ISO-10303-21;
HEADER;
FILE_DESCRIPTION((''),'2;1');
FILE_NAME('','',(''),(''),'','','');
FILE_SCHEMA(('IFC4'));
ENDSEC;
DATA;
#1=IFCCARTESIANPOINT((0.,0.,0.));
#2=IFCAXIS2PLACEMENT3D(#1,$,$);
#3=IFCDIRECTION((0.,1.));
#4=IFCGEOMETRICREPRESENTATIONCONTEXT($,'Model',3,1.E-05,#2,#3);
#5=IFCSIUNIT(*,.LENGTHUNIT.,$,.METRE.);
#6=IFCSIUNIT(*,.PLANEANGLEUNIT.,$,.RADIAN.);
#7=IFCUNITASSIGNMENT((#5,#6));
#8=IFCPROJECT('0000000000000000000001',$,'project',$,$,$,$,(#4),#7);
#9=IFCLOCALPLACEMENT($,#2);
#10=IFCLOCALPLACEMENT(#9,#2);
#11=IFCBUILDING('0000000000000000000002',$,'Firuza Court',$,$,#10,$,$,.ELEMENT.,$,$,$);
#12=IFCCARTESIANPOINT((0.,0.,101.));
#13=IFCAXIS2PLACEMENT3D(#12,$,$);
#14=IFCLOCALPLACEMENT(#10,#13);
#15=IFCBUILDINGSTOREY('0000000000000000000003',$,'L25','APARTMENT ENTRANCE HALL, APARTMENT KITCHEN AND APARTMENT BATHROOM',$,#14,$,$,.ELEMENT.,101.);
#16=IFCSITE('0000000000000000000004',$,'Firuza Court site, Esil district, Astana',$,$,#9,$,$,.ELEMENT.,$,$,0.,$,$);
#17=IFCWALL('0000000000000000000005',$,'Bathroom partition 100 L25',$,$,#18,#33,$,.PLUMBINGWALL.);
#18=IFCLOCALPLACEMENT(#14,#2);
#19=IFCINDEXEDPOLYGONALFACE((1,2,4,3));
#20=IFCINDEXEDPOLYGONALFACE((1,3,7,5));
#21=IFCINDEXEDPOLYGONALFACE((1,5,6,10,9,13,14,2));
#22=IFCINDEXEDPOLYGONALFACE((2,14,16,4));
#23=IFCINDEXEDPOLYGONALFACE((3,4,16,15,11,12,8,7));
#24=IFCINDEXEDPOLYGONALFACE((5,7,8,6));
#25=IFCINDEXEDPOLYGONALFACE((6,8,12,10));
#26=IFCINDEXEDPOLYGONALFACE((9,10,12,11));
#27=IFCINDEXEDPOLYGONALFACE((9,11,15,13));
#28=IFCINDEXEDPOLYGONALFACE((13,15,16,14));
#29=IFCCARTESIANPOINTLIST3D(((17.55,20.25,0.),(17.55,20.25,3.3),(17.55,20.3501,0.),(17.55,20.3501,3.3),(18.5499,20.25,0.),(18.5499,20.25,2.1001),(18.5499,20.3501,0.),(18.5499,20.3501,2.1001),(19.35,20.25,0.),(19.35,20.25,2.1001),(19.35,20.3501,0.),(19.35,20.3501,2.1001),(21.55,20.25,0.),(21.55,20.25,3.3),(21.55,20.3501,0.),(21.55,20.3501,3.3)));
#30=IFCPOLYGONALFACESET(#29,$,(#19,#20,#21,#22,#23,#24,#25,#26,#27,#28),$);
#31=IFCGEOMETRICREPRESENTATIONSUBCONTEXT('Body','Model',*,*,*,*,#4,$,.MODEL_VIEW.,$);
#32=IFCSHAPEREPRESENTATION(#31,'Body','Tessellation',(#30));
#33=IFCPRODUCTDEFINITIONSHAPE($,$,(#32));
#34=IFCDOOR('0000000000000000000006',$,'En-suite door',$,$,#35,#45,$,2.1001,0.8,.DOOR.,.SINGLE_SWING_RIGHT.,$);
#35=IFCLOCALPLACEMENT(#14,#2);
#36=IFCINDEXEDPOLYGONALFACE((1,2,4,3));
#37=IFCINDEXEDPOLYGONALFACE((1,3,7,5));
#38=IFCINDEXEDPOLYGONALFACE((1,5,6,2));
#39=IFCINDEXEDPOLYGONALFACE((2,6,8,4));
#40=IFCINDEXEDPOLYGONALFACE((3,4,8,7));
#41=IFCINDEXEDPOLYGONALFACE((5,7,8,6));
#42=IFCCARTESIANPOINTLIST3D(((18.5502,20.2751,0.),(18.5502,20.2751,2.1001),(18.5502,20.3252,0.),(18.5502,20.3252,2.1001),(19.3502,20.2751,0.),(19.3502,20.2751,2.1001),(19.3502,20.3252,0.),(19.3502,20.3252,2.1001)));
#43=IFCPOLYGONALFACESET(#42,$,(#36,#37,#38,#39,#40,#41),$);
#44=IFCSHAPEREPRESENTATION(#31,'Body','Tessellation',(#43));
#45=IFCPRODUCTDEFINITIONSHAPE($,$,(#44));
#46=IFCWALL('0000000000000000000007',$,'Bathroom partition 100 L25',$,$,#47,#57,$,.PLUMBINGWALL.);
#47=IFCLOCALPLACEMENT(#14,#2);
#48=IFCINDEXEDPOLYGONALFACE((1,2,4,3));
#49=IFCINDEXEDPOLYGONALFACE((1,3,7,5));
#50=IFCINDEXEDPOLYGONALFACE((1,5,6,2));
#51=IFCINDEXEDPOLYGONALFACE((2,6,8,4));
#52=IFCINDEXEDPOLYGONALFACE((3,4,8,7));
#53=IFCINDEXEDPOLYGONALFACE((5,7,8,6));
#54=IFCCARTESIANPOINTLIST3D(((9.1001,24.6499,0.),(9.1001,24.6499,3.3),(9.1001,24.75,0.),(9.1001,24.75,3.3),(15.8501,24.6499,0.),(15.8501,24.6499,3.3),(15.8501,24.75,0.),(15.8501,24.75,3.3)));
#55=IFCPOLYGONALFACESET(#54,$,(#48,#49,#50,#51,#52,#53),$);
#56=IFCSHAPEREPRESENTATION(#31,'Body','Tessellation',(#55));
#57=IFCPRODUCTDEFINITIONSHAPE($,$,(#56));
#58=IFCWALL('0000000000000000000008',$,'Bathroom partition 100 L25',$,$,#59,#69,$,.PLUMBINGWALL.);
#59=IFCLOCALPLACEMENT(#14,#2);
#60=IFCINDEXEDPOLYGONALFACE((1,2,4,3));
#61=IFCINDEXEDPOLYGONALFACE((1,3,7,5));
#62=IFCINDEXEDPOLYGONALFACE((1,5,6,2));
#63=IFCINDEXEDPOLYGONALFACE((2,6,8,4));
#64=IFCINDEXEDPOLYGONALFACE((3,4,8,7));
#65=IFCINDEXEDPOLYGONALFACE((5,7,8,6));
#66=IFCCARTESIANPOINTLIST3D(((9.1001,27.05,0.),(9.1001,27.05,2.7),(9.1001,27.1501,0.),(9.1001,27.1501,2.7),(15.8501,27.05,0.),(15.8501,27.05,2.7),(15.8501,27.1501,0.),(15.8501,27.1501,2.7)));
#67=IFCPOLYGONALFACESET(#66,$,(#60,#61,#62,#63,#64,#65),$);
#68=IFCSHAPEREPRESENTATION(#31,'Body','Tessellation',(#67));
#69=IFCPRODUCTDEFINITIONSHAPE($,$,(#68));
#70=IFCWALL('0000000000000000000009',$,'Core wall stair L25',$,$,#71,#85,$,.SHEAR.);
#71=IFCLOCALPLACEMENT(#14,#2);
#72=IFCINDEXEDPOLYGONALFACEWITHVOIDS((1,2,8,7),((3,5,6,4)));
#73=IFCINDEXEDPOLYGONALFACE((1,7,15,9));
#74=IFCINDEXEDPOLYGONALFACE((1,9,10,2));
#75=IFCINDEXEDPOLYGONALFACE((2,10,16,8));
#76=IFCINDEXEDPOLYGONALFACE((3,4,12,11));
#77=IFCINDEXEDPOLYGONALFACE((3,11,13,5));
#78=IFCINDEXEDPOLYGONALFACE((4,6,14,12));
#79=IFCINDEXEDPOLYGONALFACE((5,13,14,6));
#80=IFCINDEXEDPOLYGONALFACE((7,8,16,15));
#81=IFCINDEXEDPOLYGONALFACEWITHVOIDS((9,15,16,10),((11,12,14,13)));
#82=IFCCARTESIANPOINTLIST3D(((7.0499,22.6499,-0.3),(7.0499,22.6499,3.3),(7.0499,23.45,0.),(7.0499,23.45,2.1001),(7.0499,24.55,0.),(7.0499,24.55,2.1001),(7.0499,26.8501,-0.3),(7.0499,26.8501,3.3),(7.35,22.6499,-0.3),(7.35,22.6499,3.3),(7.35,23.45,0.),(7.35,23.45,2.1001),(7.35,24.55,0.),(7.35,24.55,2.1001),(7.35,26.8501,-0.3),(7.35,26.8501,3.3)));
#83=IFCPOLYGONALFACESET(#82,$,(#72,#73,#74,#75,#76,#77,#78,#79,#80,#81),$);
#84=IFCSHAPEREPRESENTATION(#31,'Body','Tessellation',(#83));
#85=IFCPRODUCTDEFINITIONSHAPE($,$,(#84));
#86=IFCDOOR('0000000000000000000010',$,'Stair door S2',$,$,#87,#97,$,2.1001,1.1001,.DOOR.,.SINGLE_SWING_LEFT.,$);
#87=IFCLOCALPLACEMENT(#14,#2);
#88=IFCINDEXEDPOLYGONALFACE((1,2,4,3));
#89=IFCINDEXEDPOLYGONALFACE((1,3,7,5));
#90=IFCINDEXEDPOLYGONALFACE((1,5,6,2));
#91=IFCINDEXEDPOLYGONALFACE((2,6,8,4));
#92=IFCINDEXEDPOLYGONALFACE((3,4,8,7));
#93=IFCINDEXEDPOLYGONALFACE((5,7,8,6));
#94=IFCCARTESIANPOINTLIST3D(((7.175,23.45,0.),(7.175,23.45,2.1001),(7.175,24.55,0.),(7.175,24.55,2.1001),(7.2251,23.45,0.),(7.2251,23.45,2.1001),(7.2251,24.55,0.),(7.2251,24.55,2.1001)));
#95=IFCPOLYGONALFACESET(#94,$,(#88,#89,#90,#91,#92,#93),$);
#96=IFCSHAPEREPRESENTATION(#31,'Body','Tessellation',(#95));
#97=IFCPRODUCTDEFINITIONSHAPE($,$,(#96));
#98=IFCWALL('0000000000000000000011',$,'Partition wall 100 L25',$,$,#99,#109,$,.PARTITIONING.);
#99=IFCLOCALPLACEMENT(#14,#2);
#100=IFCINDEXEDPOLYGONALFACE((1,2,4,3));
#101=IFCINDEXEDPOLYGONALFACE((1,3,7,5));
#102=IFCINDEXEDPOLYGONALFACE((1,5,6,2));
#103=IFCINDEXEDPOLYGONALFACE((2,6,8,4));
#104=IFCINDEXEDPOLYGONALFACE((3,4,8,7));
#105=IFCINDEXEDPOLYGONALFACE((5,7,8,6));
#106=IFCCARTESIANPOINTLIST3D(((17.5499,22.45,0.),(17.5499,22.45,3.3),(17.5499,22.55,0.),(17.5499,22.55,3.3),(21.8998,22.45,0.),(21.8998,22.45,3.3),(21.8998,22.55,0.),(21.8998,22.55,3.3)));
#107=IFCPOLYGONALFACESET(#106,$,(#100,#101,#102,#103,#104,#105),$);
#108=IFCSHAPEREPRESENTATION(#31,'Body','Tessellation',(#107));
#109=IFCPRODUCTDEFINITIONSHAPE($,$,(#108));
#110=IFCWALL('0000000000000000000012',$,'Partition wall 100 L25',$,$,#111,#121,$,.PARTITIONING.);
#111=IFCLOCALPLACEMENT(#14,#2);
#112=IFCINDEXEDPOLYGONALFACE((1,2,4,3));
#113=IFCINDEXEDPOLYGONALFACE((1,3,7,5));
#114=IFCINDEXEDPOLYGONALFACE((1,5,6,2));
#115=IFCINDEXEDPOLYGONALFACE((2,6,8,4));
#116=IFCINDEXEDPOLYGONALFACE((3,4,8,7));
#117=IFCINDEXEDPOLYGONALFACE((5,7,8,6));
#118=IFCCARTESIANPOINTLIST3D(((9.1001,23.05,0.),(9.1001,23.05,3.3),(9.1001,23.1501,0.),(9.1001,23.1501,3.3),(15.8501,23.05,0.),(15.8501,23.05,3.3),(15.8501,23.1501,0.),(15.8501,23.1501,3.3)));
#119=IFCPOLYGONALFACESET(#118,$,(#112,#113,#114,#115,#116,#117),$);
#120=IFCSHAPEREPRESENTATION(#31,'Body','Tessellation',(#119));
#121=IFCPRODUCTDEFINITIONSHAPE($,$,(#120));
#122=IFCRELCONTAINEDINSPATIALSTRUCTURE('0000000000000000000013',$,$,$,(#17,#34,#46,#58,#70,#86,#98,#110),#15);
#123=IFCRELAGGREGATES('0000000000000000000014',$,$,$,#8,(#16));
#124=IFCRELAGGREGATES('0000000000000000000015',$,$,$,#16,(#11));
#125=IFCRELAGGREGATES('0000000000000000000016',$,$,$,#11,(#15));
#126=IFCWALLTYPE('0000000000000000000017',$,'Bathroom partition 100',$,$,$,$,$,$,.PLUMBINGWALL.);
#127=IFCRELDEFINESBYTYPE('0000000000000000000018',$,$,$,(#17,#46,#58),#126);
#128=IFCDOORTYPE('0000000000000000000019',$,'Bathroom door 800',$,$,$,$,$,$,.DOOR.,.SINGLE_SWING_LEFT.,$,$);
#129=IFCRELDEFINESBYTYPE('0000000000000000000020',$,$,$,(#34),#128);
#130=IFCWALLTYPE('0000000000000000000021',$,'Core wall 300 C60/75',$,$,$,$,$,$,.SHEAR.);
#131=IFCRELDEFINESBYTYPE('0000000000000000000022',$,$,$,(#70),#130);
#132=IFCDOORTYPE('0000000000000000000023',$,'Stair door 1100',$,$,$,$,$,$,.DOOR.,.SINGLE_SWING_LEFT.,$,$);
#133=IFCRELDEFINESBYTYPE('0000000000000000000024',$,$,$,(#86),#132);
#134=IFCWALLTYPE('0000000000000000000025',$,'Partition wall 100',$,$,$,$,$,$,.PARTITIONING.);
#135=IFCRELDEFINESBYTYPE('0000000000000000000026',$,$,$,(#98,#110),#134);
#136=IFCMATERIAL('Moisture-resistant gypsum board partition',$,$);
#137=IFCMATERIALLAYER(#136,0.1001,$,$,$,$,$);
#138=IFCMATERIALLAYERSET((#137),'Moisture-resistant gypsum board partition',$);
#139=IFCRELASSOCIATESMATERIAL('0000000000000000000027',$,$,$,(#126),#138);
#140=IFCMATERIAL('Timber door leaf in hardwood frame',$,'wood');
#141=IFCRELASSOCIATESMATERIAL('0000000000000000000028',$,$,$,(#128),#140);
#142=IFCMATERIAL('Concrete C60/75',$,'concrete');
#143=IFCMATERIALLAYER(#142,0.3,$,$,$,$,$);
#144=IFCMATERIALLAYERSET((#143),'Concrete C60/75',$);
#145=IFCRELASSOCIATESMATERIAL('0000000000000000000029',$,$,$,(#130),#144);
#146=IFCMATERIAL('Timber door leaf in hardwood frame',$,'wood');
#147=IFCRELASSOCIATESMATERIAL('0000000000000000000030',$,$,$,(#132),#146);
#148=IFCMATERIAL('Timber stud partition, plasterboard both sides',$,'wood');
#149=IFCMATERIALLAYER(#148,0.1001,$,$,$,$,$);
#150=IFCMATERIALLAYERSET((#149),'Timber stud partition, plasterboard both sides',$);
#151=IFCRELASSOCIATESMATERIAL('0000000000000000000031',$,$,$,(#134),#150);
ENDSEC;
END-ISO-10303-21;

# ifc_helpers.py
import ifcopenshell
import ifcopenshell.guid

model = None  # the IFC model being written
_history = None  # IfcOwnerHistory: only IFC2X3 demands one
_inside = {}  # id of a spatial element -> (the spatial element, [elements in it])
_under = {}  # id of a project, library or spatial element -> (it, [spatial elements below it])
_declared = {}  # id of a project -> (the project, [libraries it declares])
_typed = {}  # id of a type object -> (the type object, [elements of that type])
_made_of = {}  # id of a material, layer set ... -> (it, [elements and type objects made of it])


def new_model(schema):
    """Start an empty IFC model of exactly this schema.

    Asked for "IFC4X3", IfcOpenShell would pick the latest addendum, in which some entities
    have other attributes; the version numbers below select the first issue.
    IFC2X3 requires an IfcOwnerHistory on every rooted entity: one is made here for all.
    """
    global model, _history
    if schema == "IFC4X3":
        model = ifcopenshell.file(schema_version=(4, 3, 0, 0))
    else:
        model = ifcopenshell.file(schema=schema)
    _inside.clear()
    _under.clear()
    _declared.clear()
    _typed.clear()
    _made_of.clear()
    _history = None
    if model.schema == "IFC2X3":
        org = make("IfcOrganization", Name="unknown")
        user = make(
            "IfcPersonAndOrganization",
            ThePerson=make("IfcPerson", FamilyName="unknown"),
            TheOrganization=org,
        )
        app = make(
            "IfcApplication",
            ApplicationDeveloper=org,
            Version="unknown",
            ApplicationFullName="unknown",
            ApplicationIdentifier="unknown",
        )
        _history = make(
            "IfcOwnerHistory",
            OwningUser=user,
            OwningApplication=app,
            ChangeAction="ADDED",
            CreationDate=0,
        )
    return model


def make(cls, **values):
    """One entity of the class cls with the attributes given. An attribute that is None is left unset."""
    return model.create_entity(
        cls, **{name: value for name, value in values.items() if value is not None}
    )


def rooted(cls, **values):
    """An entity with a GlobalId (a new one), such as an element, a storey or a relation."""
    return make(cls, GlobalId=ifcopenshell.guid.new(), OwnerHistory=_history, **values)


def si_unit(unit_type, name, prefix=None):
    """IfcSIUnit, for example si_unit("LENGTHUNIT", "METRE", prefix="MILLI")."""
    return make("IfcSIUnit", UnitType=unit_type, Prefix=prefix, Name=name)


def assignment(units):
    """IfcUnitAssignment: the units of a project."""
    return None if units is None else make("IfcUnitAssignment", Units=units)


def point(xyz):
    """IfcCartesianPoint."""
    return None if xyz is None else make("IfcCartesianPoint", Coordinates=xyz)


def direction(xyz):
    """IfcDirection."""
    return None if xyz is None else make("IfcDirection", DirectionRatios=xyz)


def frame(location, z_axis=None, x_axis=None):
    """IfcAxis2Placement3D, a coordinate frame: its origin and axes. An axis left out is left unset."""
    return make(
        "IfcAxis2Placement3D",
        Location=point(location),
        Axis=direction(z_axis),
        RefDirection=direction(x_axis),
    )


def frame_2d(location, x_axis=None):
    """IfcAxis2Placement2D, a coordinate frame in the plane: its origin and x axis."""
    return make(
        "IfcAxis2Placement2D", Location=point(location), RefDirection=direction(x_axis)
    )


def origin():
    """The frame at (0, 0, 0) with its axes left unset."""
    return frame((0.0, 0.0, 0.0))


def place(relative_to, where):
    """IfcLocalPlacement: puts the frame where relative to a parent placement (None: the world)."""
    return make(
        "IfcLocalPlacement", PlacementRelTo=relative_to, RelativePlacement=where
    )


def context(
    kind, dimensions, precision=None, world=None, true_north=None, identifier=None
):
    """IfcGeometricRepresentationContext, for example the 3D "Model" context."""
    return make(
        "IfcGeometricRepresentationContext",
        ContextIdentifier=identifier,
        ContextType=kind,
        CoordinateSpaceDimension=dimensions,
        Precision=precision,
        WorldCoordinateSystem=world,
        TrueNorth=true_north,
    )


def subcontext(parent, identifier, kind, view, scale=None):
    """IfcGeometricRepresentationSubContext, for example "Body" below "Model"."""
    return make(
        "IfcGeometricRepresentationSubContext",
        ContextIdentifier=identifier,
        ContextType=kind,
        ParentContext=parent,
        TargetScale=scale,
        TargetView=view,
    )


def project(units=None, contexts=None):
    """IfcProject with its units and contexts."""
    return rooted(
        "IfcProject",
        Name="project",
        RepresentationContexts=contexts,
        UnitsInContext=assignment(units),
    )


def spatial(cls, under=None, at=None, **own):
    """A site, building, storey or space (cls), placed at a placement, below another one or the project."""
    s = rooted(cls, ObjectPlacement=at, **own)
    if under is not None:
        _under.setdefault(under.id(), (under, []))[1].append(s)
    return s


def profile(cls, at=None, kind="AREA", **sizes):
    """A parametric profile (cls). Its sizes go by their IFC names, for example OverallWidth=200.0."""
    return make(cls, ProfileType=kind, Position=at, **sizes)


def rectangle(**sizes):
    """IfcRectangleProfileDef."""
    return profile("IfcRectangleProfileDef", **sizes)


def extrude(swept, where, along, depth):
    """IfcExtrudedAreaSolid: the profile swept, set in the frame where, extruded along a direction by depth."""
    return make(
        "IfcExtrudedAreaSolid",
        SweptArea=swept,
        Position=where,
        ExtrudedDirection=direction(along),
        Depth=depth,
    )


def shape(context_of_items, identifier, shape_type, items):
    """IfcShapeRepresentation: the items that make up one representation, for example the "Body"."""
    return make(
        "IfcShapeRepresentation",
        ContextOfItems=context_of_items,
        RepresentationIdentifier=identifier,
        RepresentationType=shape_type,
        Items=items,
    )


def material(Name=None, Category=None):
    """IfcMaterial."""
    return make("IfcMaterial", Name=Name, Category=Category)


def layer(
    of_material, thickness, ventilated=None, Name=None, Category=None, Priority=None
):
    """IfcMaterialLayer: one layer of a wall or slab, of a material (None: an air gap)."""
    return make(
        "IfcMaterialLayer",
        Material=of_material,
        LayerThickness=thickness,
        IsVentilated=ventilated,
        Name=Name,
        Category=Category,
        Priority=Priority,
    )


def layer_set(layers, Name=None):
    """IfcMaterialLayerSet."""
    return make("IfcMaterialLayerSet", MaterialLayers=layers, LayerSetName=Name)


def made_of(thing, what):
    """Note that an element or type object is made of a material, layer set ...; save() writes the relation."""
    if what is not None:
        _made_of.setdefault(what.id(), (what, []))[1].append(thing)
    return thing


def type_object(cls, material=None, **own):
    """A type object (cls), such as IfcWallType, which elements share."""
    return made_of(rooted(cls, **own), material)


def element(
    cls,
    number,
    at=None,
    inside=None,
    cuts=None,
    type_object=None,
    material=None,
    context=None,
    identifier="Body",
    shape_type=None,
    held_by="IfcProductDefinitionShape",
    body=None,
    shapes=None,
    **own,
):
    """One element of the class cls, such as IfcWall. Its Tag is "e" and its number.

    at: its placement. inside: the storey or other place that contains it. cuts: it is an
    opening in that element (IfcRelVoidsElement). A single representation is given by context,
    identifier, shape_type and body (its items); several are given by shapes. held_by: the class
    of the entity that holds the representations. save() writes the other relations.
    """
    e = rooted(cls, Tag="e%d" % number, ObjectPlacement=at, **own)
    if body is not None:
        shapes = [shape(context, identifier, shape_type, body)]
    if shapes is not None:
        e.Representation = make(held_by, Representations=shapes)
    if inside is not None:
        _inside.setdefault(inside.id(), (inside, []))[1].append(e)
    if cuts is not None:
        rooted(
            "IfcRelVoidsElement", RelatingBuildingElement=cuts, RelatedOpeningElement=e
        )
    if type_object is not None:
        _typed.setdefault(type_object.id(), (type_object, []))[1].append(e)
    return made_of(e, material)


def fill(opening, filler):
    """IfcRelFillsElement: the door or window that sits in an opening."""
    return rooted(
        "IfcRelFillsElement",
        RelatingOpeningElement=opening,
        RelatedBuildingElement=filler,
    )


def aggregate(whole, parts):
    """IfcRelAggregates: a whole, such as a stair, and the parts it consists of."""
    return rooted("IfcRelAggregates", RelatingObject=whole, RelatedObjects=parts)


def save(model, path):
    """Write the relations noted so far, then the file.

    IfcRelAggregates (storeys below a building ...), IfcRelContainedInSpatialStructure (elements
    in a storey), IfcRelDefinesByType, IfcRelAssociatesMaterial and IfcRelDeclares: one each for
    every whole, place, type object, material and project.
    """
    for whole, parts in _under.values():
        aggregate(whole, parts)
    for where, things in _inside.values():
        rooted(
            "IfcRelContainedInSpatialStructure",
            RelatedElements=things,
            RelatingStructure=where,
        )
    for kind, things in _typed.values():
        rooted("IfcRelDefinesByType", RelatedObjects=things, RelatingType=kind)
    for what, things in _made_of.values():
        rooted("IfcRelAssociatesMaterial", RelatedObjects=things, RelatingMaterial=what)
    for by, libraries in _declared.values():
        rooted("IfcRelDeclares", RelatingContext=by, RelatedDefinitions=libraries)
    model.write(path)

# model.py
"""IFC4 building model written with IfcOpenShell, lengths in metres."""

from ifc_helpers import new_model, si_unit, direction, frame, frame_2d, origin, place, context, subcontext, project, spatial, rectangle, extrude, material, layer, layer_set, type_object, element, fill, save


model = new_model("IFC4")

# Units and contexts
model_context = context("Model", 3, precision=1e-05, world=origin(), true_north=direction((0.0, 1.0)))
body_context = subcontext(model_context, "Body", "Model", "MODEL_VIEW")
ifc_project = project(units=[si_unit("LENGTHUNIT", "METRE"), si_unit("PLANEANGLEUNIT", "RADIAN")], contexts=[model_context])

# Site, building, storey
site_placement = place(None, origin())
site = spatial("IfcSite", under=ifc_project, at=site_placement, Name="Firuza Court site, Esil district, Astana", CompositionType="ELEMENT", RefElevation=0.0)
building_placement = place(site_placement, origin())
building = spatial("IfcBuilding", under=site, at=building_placement, Name="Firuza Court", CompositionType="ELEMENT")
storey_placement = place(building_placement, frame((0.0, 0.0, 101.0)))
storey = spatial("IfcBuildingStorey", under=building, at=storey_placement, Name="L25", Description="APARTMENT ENTRANCE HALL, APARTMENT KITCHEN AND APARTMENT BATHROOM", CompositionType="ELEMENT", Elevation=101.0)

# Wall, opening, door
ifc_material_1 = material(Name="Moisture-resistant gypsum board partition")
ifc_layer_1 = layer(ifc_material_1, 0.1001)
ifc_layer_set_1 = layer_set([ifc_layer_1], Name="Moisture-resistant gypsum board partition")
wall_type_1 = type_object("IfcWallType", Name="Bathroom partition 100", PredefinedType="PLUMBINGWALL", material=ifc_layer_set_1)
wall_1_placement = place(storey_placement, frame((17.55, 20.3, 0.0), z_axis=(0.0, 0.0, 1.0), x_axis=(1.0, 0.0, 0.0)))
wall_1 = element("IfcWall", 1, at=wall_1_placement, inside=storey, type_object=wall_type_1, Name="Bathroom partition 100 L25", PredefinedType="PLUMBINGWALL", context=body_context, shape_type="SweptSolid", body=[
    extrude(rectangle(XDim=4.0, YDim=0.1001, at=frame_2d((2.0, 0.0))), origin(), (0.0, 0.0, 1.0), 3.3),
])
opening_1_placement = place(wall_1_placement, frame((1.0, 0.0, 0.0)))
opening_1 = element("IfcOpeningElement", 2, at=opening_1_placement, cuts=wall_1, PredefinedType="OPENING", context=body_context, shape_type="SweptSolid", body=[
    extrude(rectangle(XDim=0.8, YDim=2.1001, at=frame_2d((0.3999, 1.05))), frame((0.0, 0.062, 0.0), z_axis=(0.0, -1.0, 0.0), x_axis=(1.0, 0.0, 0.0)), (0.0, 0.0, 1.0), 0.124),
])
ifc_material_2 = material(Name="Timber door leaf in hardwood frame", Category="wood")
door_type_1 = type_object("IfcDoorType", Name="Bathroom door 800", OperationType="SINGLE_SWING_LEFT", PredefinedType="DOOR", material=ifc_material_2)
door_1_placement = place(opening_1_placement, frame((0.8, 0.0, 0.0), z_axis=(0.0, 0.0, 1.0), x_axis=(-1.0, 0.0, 0.0)))
door_1 = element("IfcDoor", 3, at=door_1_placement, inside=storey, type_object=door_type_1, Name="En-suite door", OperationType="SINGLE_SWING_RIGHT", OverallHeight=2.1001, OverallWidth=0.8, PredefinedType="DOOR", context=body_context, shape_type="SweptSolid", body=[
    extrude(rectangle(XDim=0.8, YDim=2.1001, at=frame_2d((0.3999, 1.05))), frame((0.0, 0.0249, 0.0), z_axis=(0.0, -1.0, 0.0), x_axis=(1.0, 0.0, 0.0)), (0.0, 0.0, 1.0), 0.05),
])
fill(opening_1, door_1)

# Walls
wall_2_placement = place(storey_placement, frame((9.1001, 24.7, 0.0), z_axis=(0.0, 0.0, 1.0), x_axis=(1.0, 0.0, 0.0)))
element("IfcWall", 4, at=wall_2_placement, inside=storey, type_object=wall_type_1, Name="Bathroom partition 100 L25", PredefinedType="PLUMBINGWALL", context=body_context, shape_type="SweptSolid", body=[
    extrude(rectangle(XDim=6.75, YDim=0.1001, at=frame_2d((3.375, 0.0))), origin(), (0.0, 0.0, 1.0), 3.3),
])
wall_3_placement = place(storey_placement, frame((9.1001, 27.1001, 0.0), z_axis=(0.0, 0.0, 1.0), x_axis=(1.0, 0.0, 0.0)))
element("IfcWall", 5, at=wall_3_placement, inside=storey, type_object=wall_type_1, Name="Bathroom partition 100 L25", PredefinedType="PLUMBINGWALL", context=body_context, shape_type="SweptSolid", body=[
    extrude(rectangle(XDim=6.75, YDim=0.1001, at=frame_2d((3.375, 0.0))), origin(), (0.0, 0.0, 1.0), 2.7),
])

# Wall, opening, door
ifc_material_3 = material(Name="Concrete C60/75", Category="concrete")
ifc_layer_2 = layer(ifc_material_3, 0.3)
ifc_layer_set_2 = layer_set([ifc_layer_2], Name="Concrete C60/75")
wall_type_2 = type_object("IfcWallType", Name="Core wall 300 C60/75", PredefinedType="SHEAR", material=ifc_layer_set_2)
wall_4_placement = place(storey_placement, frame((7.2, 22.6499, -0.3), z_axis=(0.0, 0.0, 1.0), x_axis=(0.0, 1.0, 0.0)))
wall_4 = element("IfcWall", 6, at=wall_4_placement, inside=storey, type_object=wall_type_2, Name="Core wall stair L25", PredefinedType="SHEAR", context=body_context, shape_type="SweptSolid", body=[
    extrude(rectangle(XDim=4.2002, YDim=0.3, at=frame_2d((2.1001, 0.0))), origin(), (0.0, 0.0, 1.0), 3.6001),
])
opening_2_placement = place(wall_4_placement, frame((0.8, 0.0, 0.3)))
opening_2 = element("IfcOpeningElement", 7, at=opening_2_placement, cuts=wall_4, PredefinedType="OPENING", context=body_context, shape_type="SweptSolid", body=[
    extrude(rectangle(XDim=1.1001, YDim=2.1001, at=frame_2d((0.55, 1.05))), frame((0.0, 0.1621, 0.0), z_axis=(0.0, -1.0, 0.0), x_axis=(1.0, 0.0, 0.0)), (0.0, 0.0, 1.0), 0.324),
])
ifc_material_4 = material(Name="Timber door leaf in hardwood frame", Category="wood")
door_type_2 = type_object("IfcDoorType", Name="Stair door 1100", OperationType="SINGLE_SWING_LEFT", PredefinedType="DOOR", material=ifc_material_4)
door_2_placement = place(opening_2_placement, origin())
door_2 = element("IfcDoor", 8, at=door_2_placement, inside=storey, type_object=door_type_2, Name="Stair door S2", OperationType="SINGLE_SWING_LEFT", OverallHeight=2.1001, OverallWidth=1.1001, PredefinedType="DOOR", context=body_context, shape_type="SweptSolid", body=[
    extrude(rectangle(XDim=1.1001, YDim=2.1001, at=frame_2d((0.55, 1.05))), frame((0.0, 0.0249, 0.0), z_axis=(0.0, -1.0, 0.0), x_axis=(1.0, 0.0, 0.0)), (0.0, 0.0, 1.0), 0.05),
])
fill(opening_2, door_2)

# Walls
ifc_material_5 = material(Name="Timber stud partition, plasterboard both sides", Category="wood")
ifc_layer_3 = layer(ifc_material_5, 0.1001)
ifc_layer_set_3 = layer_set([ifc_layer_3], Name="Timber stud partition, plasterboard both sides")
wall_type_3 = type_object("IfcWallType", Name="Partition wall 100", PredefinedType="PARTITIONING", material=ifc_layer_set_3)
wall_5_placement = place(storey_placement, frame((17.55, 22.5, 0.0), z_axis=(0.0, 0.0, 1.0), x_axis=(1.0, 0.0, 0.0)))
element("IfcWall", 9, at=wall_5_placement, inside=storey, type_object=wall_type_3, Name="Partition wall 100 L25", PredefinedType="PARTITIONING", context=body_context, shape_type="SweptSolid", body=[
    extrude(rectangle(XDim=4.3499, YDim=0.1001, at=frame_2d((2.1748, 0.0))), origin(), (0.0, 0.0, 1.0), 3.3),
])
wall_6_placement = place(storey_placement, frame((9.1001, 23.1001, 0.0), z_axis=(0.0, 0.0, 1.0), x_axis=(1.0, 0.0, 0.0)))
element("IfcWall", 10, at=wall_6_placement, inside=storey, type_object=wall_type_3, Name="Partition wall 100 L25", PredefinedType="PARTITIONING", context=body_context, shape_type="SweptSolid", body=[
    extrude(rectangle(XDim=6.75, YDim=0.1001, at=frame_2d((3.375, 0.0))), origin(), (0.0, 0.0, 1.0), 3.3),
])

save(model, "model.ifc")
